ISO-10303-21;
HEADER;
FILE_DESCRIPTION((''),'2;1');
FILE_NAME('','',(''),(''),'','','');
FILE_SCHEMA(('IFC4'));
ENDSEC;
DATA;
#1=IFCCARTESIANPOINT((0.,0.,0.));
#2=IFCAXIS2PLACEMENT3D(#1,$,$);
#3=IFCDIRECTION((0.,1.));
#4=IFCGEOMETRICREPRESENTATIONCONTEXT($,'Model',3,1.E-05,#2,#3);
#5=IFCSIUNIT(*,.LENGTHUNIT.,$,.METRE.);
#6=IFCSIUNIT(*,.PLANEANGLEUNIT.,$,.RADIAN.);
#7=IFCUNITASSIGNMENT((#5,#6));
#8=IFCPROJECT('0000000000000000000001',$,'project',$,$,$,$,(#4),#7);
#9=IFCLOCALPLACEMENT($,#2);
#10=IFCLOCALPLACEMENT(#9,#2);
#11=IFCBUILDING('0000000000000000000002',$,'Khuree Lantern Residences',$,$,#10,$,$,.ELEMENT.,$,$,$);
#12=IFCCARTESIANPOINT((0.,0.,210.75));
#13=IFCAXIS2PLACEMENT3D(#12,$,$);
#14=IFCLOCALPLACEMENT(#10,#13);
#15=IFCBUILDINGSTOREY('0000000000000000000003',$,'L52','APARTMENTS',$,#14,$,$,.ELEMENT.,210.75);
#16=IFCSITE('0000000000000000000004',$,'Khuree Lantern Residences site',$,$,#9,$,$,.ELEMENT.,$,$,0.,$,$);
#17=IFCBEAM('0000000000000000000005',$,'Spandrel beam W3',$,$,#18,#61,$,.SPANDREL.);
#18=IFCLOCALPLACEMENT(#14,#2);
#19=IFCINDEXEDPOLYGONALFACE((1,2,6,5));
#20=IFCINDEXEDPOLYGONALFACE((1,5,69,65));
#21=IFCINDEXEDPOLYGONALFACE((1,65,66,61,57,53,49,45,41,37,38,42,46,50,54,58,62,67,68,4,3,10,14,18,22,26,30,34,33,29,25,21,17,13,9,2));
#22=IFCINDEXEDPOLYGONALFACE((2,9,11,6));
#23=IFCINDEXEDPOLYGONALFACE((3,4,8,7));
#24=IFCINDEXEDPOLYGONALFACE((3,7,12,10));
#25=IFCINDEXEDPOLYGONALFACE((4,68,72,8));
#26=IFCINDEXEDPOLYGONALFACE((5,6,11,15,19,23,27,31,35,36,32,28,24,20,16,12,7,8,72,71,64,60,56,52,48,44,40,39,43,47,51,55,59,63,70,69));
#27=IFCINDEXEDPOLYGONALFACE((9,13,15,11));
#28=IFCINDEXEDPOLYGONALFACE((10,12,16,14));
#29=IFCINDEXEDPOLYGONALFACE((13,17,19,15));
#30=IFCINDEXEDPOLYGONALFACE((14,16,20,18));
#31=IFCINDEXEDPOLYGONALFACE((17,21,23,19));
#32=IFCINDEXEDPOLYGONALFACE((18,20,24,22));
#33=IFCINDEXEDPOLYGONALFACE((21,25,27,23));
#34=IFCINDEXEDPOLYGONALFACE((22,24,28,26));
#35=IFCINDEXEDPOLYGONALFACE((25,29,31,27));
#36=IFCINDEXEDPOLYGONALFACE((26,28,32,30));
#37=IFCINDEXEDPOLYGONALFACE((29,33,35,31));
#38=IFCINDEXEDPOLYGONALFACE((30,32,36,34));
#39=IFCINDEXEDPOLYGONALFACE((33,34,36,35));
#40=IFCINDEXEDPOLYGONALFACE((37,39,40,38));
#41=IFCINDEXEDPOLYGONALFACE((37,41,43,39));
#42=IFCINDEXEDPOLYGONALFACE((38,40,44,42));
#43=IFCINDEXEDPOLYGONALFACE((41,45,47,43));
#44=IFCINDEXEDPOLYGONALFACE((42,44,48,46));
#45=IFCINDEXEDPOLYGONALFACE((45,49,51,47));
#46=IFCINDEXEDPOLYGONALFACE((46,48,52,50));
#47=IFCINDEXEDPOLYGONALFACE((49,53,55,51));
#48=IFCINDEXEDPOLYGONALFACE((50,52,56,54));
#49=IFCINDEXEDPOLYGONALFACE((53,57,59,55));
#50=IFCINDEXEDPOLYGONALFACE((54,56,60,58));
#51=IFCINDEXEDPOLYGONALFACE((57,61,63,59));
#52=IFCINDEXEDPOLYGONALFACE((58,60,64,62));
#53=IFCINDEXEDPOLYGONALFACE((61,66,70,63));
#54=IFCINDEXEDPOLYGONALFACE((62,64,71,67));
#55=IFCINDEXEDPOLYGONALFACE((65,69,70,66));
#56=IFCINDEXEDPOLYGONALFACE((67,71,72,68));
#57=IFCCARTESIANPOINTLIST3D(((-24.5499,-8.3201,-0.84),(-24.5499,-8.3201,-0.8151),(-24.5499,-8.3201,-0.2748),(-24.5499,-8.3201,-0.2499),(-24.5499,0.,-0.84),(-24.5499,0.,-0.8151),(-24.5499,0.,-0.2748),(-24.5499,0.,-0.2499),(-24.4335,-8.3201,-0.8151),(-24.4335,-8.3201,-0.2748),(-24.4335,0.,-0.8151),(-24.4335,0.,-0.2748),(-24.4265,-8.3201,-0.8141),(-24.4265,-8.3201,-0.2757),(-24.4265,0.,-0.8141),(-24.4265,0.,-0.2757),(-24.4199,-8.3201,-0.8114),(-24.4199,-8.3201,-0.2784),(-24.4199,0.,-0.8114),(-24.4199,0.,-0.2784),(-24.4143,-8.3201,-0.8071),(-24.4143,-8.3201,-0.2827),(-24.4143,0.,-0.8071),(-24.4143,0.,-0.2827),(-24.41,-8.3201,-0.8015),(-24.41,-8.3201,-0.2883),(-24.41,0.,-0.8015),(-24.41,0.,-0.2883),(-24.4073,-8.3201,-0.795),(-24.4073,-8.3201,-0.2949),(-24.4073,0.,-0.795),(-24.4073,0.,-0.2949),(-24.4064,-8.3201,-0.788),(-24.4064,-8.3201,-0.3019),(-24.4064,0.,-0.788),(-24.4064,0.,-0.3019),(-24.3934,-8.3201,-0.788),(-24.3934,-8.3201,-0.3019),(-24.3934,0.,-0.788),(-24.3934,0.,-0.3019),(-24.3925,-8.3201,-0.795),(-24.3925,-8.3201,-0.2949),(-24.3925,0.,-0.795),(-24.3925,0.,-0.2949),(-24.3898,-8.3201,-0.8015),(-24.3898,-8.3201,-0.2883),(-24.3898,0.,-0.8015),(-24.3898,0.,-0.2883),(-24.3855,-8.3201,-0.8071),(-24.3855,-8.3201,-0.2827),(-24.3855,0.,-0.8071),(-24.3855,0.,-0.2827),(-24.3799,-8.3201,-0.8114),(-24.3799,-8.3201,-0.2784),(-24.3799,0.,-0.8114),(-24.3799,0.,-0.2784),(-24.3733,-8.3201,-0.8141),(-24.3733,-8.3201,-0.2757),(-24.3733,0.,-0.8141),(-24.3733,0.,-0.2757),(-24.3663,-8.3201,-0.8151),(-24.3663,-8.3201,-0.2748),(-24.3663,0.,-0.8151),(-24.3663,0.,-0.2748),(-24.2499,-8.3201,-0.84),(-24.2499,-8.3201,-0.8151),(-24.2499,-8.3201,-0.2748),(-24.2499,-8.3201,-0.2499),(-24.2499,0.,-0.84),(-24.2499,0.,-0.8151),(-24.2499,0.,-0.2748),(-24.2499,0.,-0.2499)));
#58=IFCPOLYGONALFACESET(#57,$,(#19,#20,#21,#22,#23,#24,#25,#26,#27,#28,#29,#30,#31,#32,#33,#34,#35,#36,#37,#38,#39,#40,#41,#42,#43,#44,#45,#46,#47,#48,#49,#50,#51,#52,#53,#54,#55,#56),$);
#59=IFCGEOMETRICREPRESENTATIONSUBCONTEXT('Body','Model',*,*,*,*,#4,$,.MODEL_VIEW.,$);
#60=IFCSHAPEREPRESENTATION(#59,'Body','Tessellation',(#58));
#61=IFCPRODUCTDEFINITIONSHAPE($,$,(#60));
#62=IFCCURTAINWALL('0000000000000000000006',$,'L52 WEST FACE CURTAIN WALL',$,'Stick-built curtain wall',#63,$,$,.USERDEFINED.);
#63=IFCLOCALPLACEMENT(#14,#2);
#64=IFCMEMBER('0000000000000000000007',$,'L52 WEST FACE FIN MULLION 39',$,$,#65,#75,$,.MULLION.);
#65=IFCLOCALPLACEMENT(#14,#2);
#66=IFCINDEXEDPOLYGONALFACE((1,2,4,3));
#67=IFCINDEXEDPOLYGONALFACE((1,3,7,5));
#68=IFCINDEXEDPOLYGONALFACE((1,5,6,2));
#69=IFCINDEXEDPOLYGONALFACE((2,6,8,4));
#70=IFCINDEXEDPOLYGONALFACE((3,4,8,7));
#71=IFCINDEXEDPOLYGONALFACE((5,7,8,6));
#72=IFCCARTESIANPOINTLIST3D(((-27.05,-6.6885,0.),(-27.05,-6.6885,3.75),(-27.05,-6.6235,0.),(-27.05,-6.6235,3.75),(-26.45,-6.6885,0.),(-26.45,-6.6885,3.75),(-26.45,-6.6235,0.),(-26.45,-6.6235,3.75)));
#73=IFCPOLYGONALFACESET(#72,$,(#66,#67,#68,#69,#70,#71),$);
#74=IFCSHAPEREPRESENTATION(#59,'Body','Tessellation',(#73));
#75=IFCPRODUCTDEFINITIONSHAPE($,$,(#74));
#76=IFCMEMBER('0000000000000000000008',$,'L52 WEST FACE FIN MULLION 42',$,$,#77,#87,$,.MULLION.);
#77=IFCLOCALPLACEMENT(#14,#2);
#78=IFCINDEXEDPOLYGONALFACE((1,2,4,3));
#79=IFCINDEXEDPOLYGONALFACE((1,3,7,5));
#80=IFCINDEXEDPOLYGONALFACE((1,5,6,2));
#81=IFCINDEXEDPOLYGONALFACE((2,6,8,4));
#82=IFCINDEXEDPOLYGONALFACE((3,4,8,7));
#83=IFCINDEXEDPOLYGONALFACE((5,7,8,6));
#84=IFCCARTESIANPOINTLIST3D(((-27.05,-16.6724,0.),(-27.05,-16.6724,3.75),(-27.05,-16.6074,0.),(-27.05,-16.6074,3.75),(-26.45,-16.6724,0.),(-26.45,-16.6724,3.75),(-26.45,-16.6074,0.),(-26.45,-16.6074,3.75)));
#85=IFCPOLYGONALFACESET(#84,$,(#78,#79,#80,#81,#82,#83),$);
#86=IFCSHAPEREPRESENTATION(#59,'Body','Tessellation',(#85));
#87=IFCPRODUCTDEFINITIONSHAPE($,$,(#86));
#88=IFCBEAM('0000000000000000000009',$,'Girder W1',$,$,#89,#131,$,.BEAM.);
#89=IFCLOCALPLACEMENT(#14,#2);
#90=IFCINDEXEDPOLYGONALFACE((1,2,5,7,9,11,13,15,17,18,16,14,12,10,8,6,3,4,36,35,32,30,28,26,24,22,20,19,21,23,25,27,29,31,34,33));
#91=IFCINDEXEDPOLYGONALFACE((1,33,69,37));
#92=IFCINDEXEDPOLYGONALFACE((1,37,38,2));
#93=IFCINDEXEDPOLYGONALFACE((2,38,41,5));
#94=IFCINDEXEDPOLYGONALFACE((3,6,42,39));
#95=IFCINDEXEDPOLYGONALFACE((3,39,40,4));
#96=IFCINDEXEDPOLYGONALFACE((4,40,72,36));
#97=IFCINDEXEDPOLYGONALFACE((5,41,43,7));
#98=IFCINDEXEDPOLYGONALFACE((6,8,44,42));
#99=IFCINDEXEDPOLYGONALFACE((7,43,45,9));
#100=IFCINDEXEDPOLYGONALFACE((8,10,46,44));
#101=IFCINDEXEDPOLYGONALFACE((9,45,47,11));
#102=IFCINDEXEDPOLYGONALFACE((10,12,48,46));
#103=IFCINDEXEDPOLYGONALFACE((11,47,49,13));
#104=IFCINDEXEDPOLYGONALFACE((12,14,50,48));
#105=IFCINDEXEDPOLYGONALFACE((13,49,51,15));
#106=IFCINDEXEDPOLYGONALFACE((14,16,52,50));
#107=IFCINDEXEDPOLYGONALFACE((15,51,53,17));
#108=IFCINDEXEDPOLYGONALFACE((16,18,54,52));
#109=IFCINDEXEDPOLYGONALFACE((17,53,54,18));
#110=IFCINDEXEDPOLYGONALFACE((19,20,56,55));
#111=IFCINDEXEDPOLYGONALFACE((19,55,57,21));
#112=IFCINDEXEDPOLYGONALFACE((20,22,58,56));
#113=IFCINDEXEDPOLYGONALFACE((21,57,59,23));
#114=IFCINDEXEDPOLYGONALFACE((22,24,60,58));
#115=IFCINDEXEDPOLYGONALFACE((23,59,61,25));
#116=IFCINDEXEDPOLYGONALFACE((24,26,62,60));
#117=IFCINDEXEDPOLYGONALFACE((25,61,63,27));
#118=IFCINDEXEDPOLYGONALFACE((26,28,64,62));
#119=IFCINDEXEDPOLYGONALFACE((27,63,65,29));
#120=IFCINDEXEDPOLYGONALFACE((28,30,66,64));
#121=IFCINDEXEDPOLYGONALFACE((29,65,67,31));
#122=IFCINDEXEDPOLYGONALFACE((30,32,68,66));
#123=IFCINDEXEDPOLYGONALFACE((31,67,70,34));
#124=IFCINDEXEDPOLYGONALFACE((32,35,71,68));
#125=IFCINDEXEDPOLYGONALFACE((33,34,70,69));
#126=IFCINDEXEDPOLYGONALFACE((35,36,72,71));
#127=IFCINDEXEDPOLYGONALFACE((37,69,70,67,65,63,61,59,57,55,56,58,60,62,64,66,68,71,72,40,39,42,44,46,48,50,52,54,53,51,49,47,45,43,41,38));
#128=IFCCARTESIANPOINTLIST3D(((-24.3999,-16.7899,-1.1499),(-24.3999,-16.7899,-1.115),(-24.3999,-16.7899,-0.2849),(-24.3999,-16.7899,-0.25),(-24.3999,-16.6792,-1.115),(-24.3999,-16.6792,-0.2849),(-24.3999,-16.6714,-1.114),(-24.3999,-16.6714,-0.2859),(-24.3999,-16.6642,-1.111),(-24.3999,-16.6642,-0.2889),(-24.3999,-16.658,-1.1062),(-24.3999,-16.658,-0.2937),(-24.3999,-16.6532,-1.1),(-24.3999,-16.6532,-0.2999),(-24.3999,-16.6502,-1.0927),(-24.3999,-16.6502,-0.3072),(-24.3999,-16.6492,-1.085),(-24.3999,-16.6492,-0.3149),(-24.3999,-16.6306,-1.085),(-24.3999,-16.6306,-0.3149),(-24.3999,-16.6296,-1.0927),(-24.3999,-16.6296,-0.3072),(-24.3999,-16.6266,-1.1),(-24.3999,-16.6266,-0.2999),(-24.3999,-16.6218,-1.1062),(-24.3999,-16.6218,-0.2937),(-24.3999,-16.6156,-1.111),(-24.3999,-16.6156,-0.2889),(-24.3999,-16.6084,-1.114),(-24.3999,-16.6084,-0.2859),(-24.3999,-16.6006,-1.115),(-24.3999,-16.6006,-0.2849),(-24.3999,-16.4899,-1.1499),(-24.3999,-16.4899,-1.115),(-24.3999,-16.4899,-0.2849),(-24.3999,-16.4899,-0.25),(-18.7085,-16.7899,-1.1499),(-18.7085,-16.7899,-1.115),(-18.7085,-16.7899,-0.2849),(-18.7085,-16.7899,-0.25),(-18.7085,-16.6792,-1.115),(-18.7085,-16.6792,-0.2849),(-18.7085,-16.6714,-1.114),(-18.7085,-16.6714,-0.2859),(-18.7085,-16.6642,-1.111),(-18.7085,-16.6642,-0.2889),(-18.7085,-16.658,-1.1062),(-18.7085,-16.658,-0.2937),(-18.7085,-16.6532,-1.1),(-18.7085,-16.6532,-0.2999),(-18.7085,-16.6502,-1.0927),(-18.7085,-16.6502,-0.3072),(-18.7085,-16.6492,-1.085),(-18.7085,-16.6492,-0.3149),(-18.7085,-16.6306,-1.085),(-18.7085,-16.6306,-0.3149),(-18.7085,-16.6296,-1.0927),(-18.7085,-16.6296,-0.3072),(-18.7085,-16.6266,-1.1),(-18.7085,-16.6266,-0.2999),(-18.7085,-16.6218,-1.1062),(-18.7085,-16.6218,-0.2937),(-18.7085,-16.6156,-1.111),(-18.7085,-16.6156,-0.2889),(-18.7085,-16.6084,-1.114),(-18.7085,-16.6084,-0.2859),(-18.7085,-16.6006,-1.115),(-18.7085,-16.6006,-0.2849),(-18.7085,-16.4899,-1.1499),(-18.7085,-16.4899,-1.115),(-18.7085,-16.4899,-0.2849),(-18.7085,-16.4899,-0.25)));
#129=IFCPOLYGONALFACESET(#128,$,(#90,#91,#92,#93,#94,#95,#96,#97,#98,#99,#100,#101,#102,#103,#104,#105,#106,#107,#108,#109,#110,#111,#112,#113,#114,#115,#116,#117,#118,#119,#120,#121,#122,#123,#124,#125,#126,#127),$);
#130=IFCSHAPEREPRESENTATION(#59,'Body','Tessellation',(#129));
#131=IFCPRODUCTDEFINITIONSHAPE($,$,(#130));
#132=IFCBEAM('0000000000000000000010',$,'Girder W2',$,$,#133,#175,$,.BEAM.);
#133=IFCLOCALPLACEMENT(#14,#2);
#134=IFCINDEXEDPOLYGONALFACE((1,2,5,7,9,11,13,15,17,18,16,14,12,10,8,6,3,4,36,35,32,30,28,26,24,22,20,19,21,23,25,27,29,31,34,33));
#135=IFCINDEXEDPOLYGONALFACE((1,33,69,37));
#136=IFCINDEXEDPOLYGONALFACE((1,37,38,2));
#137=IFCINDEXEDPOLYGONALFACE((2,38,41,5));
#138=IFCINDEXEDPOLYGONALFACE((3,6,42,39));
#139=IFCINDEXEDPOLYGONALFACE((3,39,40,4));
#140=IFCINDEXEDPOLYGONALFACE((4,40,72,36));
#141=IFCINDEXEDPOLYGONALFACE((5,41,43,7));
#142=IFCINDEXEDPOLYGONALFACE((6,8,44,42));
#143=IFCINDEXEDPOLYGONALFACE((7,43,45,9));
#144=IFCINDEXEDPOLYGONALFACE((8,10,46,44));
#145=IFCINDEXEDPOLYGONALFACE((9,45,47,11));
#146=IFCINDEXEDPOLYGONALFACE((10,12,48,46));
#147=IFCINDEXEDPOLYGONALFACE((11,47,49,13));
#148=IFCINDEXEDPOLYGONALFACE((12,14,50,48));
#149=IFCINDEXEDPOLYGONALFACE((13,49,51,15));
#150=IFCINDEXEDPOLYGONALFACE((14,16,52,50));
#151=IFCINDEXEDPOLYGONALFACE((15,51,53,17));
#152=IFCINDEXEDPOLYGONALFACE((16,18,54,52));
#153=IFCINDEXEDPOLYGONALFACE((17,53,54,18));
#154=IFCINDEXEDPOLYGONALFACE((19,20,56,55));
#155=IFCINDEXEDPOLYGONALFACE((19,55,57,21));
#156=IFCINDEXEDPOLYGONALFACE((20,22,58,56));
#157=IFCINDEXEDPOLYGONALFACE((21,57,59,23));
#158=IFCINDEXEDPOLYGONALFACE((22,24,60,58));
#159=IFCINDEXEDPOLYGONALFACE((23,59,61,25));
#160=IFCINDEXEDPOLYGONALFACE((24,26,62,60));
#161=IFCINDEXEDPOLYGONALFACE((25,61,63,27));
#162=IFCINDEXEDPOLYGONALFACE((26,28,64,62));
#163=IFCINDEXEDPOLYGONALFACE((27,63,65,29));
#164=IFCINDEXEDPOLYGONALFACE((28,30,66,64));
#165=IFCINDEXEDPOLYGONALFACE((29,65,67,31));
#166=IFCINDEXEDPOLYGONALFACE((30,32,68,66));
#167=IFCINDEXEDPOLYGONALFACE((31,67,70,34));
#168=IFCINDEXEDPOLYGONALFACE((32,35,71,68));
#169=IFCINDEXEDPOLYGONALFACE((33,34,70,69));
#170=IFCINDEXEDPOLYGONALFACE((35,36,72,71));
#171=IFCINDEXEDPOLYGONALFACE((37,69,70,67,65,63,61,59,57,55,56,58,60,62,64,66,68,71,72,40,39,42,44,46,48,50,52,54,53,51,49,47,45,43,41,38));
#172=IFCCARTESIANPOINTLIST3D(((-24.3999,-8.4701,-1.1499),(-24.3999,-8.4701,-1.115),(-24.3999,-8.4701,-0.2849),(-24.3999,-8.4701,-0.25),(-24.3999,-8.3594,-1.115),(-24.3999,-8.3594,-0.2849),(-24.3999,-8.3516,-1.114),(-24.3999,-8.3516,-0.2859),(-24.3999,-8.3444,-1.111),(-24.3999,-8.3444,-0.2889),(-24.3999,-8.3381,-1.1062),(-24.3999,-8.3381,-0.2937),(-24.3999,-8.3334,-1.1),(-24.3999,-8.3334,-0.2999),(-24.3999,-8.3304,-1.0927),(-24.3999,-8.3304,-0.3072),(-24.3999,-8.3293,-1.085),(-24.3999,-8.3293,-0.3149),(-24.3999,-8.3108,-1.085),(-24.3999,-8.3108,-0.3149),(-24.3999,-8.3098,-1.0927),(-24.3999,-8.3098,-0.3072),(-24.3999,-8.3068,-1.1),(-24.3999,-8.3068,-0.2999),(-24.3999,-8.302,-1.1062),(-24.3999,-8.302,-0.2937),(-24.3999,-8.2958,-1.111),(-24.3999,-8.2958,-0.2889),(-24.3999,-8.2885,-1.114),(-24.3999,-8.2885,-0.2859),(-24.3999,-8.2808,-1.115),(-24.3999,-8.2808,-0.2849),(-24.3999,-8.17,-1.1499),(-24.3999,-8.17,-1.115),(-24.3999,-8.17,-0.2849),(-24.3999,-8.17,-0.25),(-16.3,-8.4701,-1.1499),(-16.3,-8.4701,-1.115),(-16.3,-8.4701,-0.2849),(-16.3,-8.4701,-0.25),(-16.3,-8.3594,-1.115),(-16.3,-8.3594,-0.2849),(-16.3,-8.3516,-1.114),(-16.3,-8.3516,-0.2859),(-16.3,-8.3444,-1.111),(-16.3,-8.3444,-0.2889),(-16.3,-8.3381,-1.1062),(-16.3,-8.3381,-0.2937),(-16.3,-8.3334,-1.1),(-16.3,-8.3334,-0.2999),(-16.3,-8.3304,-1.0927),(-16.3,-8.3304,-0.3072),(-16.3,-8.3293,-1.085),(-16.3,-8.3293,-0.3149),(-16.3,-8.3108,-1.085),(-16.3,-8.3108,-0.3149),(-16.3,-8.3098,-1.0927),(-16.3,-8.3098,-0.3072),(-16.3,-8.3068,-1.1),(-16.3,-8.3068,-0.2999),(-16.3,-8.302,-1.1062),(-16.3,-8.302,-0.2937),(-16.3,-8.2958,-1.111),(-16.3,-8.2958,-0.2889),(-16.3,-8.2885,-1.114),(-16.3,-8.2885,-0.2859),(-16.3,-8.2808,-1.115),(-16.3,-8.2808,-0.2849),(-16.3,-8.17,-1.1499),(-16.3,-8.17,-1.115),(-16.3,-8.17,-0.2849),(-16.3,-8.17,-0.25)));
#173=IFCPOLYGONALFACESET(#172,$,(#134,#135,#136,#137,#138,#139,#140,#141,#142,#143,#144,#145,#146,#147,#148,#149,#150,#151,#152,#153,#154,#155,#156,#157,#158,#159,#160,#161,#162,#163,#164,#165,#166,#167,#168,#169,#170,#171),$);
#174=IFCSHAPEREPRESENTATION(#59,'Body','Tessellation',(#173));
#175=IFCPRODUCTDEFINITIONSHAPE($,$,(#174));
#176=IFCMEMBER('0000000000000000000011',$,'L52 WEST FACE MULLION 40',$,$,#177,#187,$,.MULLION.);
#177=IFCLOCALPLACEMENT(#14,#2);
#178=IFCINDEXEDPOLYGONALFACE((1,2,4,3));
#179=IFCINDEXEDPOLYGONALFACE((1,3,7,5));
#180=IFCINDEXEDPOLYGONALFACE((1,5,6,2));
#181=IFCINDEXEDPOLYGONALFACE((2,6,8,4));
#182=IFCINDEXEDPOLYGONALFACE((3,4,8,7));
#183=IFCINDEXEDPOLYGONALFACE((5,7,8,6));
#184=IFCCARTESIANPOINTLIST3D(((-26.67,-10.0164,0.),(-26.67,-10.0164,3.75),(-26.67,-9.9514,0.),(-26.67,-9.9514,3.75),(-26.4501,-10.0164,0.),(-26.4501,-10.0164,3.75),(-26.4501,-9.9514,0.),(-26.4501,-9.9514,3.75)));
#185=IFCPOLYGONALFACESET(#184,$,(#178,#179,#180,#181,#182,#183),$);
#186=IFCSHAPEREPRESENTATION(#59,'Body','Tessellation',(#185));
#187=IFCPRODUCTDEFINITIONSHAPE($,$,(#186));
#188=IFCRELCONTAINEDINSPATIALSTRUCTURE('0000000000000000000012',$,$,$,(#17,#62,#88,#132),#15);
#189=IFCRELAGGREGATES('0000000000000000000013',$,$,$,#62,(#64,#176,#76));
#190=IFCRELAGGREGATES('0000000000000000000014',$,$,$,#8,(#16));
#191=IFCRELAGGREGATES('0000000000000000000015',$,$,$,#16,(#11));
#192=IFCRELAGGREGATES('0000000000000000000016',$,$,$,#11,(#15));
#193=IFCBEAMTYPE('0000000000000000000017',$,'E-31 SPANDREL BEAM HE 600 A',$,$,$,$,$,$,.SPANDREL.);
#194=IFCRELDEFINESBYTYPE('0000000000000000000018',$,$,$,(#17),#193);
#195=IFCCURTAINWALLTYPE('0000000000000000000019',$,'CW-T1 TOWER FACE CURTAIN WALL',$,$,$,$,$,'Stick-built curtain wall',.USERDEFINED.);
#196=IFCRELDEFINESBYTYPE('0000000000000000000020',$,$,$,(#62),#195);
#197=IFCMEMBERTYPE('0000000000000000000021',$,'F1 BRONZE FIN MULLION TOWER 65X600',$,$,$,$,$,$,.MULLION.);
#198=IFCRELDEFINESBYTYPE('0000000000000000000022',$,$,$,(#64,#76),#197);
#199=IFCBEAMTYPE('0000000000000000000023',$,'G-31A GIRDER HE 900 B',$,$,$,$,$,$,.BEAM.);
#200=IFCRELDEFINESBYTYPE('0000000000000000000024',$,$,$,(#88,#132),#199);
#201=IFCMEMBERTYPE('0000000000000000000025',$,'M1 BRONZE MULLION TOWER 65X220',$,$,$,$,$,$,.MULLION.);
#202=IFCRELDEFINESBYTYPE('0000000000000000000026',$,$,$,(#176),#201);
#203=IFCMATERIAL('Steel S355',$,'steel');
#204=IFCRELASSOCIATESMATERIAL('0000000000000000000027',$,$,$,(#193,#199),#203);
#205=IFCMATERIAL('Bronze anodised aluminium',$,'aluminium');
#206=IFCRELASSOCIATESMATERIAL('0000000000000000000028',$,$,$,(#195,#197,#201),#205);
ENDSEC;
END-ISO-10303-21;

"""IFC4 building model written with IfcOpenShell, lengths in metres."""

from ifc_helpers import new_model, si_unit, direction, frame, origin, origin_2d, place, context, subcontext, project, spatial, rectangle, i_section, extrude, material, material_profile, profile_set, type_object, element, aggregate, save


model = new_model("IFC4")

# Units and contexts
model_context = context("Model", 3, precision=1e-05, world=origin(), true_north=direction((0.0, 1.0)))
body_context = subcontext(model_context, "Body", "Model", "MODEL_VIEW")
ifc_project = project(units=[si_unit("LENGTHUNIT", "METRE"), si_unit("PLANEANGLEUNIT", "RADIAN")], contexts=[model_context])

# Site, building, storey
site_placement = place(None, origin())
site = spatial("IfcSite", under=ifc_project, at=site_placement, Name="Khuree Lantern Residences site", CompositionType="ELEMENT", RefElevation=0.0)
building_placement = place(site_placement, origin())
building = spatial("IfcBuilding", under=site, at=building_placement, Name="Khuree Lantern Residences", CompositionType="ELEMENT")
storey_placement = place(building_placement, frame((0.0, 0.0, 210.75)))
storey = spatial("IfcBuildingStorey", under=building, at=storey_placement, Name="L52", Description="APARTMENTS", CompositionType="ELEMENT", Elevation=210.75)

# Beam
ifc_material_1 = material(Name="Steel S355", Category="steel")
ifc_material_profile_1 = material_profile(ifc_material_1, i_section(OverallWidth=0.3, OverallDepth=0.5901, WebThickness=0.0129, FlangeThickness=0.0249, FilletRadius=0.0271, at=origin_2d()), Name="HE 600 A")
ifc_profile_set_1 = profile_set([ifc_material_profile_1], Name="Steel S355")
beam_type_1 = type_object("IfcBeamType", Name="E-31 SPANDREL BEAM HE 600 A", PredefinedType="SPANDREL", material=ifc_profile_set_1)
beam_1_placement = place(storey_placement, frame((-24.3999, -8.3201, -0.5449), z_axis=(0.0, 1.0, 0.0), x_axis=(-1.0, 0.0, 0.0)))
element("IfcBeam", 1, at=beam_1_placement, inside=storey, type_object=beam_type_1, Name="Spandrel beam W3", PredefinedType="SPANDREL", context=body_context, shape_type="SweptSolid", body=[
    extrude(i_section(OverallWidth=0.3, OverallDepth=0.5901, WebThickness=0.0129, FlangeThickness=0.0249, FilletRadius=0.0271, at=origin_2d()), origin(), (0.0, 0.0, 1.0), 8.3201),
])

# Curtain wall, members
ifc_material_2 = material(Name="Bronze anodised aluminium", Category="aluminium")
curtain_wall_type = type_object("IfcCurtainWallType", Name="CW-T1 TOWER FACE CURTAIN WALL", ElementType="Stick-built curtain wall", PredefinedType="USERDEFINED", material=ifc_material_2)
curtain_wall_placement = place(storey_placement, origin())
curtain_wall = element("IfcCurtainWall", 2, at=curtain_wall_placement, inside=storey, type_object=curtain_wall_type, Name="L52 WEST FACE CURTAIN WALL", ObjectType="Stick-built curtain wall", PredefinedType="USERDEFINED")
ifc_material_profile_2 = material_profile(ifc_material_2, rectangle(XDim=0.0649, YDim=0.6001, at=origin_2d()), Name="F1 65X600")
ifc_profile_set_2 = profile_set([ifc_material_profile_2], Name="Bronze anodised aluminium")
member_type_1 = type_object("IfcMemberType", Name="F1 BRONZE FIN MULLION TOWER 65X600", PredefinedType="MULLION", material=ifc_profile_set_2)
member_1_placement = place(storey_placement, frame((-26.75, -6.656, 0.0), z_axis=(0.0, 0.0, 1.0), x_axis=(0.0, -1.0, 0.0)))
member_1 = element("IfcMember", 3, at=member_1_placement, type_object=member_type_1, Name="L52 WEST FACE FIN MULLION 39", PredefinedType="MULLION", context=body_context, shape_type="SweptSolid", body=[
    extrude(rectangle(XDim=0.0649, YDim=0.6001, at=origin_2d()), origin(), (0.0, 0.0, 1.0), 3.75),
])
member_2_placement = place(storey_placement, frame((-26.75, -16.6399, 0.0), z_axis=(0.0, 0.0, 1.0), x_axis=(0.0, -1.0, 0.0)))
member_2 = element("IfcMember", 4, at=member_2_placement, type_object=member_type_1, Name="L52 WEST FACE FIN MULLION 42", PredefinedType="MULLION", context=body_context, shape_type="SweptSolid", body=[
    extrude(rectangle(XDim=0.0649, YDim=0.6001, at=origin_2d()), origin(), (0.0, 0.0, 1.0), 3.75),
])

# Beams
ifc_material_profile_3 = material_profile(ifc_material_1, i_section(OverallWidth=0.3, OverallDepth=0.8999, WebThickness=0.0186, FlangeThickness=0.0349, FilletRadius=0.03, at=origin_2d()), Name="HE 900 B")
ifc_profile_set_3 = profile_set([ifc_material_profile_3], Name="Steel S355")
beam_type_2 = type_object("IfcBeamType", Name="G-31A GIRDER HE 900 B", PredefinedType="BEAM", material=ifc_profile_set_3)
beam_2_placement = place(storey_placement, frame((-24.3999, -16.6399, -0.7), z_axis=(1.0, 0.0, 0.0), x_axis=(0.0, 1.0, 0.0)))
element("IfcBeam", 5, at=beam_2_placement, inside=storey, type_object=beam_type_2, Name="Girder W1", PredefinedType="BEAM", context=body_context, shape_type="SweptSolid", body=[
    extrude(i_section(OverallWidth=0.3, OverallDepth=0.8999, WebThickness=0.0186, FlangeThickness=0.0349, FilletRadius=0.03, at=origin_2d()), origin(), (0.0, 0.0, 1.0), 5.6914),
])
beam_3_placement = place(storey_placement, frame((-24.3999, -8.3201, -0.7), z_axis=(1.0, 0.0, 0.0), x_axis=(0.0, 1.0, 0.0)))
element("IfcBeam", 6, at=beam_3_placement, inside=storey, type_object=beam_type_2, Name="Girder W2", PredefinedType="BEAM", context=body_context, shape_type="SweptSolid", body=[
    extrude(i_section(OverallWidth=0.3, OverallDepth=0.8999, WebThickness=0.0186, FlangeThickness=0.0349, FilletRadius=0.03, at=origin_2d()), origin(), (0.0, 0.0, 1.0), 8.0999),
])

# Member
ifc_material_profile_4 = material_profile(ifc_material_2, rectangle(XDim=0.0649, YDim=0.22, at=origin_2d()), Name="M1 65X220")
ifc_profile_set_4 = profile_set([ifc_material_profile_4], Name="Bronze anodised aluminium")
member_type_2 = type_object("IfcMemberType", Name="M1 BRONZE MULLION TOWER 65X220", PredefinedType="MULLION", material=ifc_profile_set_4)
member_3_placement = place(storey_placement, frame((-26.5601, -9.9839, 0.0), z_axis=(0.0, 0.0, 1.0), x_axis=(0.0, -1.0, 0.0)))
member_3 = element("IfcMember", 7, at=member_3_placement, type_object=member_type_2, Name="L52 WEST FACE MULLION 40", PredefinedType="MULLION", context=body_context, shape_type="SweptSolid", body=[
    extrude(rectangle(XDim=0.0649, YDim=0.22, at=origin_2d()), origin(), (0.0, 0.0, 1.0), 3.75),
])

aggregate(curtain_wall, [member_1, member_3, member_2])

save(model, "model.ifc")
